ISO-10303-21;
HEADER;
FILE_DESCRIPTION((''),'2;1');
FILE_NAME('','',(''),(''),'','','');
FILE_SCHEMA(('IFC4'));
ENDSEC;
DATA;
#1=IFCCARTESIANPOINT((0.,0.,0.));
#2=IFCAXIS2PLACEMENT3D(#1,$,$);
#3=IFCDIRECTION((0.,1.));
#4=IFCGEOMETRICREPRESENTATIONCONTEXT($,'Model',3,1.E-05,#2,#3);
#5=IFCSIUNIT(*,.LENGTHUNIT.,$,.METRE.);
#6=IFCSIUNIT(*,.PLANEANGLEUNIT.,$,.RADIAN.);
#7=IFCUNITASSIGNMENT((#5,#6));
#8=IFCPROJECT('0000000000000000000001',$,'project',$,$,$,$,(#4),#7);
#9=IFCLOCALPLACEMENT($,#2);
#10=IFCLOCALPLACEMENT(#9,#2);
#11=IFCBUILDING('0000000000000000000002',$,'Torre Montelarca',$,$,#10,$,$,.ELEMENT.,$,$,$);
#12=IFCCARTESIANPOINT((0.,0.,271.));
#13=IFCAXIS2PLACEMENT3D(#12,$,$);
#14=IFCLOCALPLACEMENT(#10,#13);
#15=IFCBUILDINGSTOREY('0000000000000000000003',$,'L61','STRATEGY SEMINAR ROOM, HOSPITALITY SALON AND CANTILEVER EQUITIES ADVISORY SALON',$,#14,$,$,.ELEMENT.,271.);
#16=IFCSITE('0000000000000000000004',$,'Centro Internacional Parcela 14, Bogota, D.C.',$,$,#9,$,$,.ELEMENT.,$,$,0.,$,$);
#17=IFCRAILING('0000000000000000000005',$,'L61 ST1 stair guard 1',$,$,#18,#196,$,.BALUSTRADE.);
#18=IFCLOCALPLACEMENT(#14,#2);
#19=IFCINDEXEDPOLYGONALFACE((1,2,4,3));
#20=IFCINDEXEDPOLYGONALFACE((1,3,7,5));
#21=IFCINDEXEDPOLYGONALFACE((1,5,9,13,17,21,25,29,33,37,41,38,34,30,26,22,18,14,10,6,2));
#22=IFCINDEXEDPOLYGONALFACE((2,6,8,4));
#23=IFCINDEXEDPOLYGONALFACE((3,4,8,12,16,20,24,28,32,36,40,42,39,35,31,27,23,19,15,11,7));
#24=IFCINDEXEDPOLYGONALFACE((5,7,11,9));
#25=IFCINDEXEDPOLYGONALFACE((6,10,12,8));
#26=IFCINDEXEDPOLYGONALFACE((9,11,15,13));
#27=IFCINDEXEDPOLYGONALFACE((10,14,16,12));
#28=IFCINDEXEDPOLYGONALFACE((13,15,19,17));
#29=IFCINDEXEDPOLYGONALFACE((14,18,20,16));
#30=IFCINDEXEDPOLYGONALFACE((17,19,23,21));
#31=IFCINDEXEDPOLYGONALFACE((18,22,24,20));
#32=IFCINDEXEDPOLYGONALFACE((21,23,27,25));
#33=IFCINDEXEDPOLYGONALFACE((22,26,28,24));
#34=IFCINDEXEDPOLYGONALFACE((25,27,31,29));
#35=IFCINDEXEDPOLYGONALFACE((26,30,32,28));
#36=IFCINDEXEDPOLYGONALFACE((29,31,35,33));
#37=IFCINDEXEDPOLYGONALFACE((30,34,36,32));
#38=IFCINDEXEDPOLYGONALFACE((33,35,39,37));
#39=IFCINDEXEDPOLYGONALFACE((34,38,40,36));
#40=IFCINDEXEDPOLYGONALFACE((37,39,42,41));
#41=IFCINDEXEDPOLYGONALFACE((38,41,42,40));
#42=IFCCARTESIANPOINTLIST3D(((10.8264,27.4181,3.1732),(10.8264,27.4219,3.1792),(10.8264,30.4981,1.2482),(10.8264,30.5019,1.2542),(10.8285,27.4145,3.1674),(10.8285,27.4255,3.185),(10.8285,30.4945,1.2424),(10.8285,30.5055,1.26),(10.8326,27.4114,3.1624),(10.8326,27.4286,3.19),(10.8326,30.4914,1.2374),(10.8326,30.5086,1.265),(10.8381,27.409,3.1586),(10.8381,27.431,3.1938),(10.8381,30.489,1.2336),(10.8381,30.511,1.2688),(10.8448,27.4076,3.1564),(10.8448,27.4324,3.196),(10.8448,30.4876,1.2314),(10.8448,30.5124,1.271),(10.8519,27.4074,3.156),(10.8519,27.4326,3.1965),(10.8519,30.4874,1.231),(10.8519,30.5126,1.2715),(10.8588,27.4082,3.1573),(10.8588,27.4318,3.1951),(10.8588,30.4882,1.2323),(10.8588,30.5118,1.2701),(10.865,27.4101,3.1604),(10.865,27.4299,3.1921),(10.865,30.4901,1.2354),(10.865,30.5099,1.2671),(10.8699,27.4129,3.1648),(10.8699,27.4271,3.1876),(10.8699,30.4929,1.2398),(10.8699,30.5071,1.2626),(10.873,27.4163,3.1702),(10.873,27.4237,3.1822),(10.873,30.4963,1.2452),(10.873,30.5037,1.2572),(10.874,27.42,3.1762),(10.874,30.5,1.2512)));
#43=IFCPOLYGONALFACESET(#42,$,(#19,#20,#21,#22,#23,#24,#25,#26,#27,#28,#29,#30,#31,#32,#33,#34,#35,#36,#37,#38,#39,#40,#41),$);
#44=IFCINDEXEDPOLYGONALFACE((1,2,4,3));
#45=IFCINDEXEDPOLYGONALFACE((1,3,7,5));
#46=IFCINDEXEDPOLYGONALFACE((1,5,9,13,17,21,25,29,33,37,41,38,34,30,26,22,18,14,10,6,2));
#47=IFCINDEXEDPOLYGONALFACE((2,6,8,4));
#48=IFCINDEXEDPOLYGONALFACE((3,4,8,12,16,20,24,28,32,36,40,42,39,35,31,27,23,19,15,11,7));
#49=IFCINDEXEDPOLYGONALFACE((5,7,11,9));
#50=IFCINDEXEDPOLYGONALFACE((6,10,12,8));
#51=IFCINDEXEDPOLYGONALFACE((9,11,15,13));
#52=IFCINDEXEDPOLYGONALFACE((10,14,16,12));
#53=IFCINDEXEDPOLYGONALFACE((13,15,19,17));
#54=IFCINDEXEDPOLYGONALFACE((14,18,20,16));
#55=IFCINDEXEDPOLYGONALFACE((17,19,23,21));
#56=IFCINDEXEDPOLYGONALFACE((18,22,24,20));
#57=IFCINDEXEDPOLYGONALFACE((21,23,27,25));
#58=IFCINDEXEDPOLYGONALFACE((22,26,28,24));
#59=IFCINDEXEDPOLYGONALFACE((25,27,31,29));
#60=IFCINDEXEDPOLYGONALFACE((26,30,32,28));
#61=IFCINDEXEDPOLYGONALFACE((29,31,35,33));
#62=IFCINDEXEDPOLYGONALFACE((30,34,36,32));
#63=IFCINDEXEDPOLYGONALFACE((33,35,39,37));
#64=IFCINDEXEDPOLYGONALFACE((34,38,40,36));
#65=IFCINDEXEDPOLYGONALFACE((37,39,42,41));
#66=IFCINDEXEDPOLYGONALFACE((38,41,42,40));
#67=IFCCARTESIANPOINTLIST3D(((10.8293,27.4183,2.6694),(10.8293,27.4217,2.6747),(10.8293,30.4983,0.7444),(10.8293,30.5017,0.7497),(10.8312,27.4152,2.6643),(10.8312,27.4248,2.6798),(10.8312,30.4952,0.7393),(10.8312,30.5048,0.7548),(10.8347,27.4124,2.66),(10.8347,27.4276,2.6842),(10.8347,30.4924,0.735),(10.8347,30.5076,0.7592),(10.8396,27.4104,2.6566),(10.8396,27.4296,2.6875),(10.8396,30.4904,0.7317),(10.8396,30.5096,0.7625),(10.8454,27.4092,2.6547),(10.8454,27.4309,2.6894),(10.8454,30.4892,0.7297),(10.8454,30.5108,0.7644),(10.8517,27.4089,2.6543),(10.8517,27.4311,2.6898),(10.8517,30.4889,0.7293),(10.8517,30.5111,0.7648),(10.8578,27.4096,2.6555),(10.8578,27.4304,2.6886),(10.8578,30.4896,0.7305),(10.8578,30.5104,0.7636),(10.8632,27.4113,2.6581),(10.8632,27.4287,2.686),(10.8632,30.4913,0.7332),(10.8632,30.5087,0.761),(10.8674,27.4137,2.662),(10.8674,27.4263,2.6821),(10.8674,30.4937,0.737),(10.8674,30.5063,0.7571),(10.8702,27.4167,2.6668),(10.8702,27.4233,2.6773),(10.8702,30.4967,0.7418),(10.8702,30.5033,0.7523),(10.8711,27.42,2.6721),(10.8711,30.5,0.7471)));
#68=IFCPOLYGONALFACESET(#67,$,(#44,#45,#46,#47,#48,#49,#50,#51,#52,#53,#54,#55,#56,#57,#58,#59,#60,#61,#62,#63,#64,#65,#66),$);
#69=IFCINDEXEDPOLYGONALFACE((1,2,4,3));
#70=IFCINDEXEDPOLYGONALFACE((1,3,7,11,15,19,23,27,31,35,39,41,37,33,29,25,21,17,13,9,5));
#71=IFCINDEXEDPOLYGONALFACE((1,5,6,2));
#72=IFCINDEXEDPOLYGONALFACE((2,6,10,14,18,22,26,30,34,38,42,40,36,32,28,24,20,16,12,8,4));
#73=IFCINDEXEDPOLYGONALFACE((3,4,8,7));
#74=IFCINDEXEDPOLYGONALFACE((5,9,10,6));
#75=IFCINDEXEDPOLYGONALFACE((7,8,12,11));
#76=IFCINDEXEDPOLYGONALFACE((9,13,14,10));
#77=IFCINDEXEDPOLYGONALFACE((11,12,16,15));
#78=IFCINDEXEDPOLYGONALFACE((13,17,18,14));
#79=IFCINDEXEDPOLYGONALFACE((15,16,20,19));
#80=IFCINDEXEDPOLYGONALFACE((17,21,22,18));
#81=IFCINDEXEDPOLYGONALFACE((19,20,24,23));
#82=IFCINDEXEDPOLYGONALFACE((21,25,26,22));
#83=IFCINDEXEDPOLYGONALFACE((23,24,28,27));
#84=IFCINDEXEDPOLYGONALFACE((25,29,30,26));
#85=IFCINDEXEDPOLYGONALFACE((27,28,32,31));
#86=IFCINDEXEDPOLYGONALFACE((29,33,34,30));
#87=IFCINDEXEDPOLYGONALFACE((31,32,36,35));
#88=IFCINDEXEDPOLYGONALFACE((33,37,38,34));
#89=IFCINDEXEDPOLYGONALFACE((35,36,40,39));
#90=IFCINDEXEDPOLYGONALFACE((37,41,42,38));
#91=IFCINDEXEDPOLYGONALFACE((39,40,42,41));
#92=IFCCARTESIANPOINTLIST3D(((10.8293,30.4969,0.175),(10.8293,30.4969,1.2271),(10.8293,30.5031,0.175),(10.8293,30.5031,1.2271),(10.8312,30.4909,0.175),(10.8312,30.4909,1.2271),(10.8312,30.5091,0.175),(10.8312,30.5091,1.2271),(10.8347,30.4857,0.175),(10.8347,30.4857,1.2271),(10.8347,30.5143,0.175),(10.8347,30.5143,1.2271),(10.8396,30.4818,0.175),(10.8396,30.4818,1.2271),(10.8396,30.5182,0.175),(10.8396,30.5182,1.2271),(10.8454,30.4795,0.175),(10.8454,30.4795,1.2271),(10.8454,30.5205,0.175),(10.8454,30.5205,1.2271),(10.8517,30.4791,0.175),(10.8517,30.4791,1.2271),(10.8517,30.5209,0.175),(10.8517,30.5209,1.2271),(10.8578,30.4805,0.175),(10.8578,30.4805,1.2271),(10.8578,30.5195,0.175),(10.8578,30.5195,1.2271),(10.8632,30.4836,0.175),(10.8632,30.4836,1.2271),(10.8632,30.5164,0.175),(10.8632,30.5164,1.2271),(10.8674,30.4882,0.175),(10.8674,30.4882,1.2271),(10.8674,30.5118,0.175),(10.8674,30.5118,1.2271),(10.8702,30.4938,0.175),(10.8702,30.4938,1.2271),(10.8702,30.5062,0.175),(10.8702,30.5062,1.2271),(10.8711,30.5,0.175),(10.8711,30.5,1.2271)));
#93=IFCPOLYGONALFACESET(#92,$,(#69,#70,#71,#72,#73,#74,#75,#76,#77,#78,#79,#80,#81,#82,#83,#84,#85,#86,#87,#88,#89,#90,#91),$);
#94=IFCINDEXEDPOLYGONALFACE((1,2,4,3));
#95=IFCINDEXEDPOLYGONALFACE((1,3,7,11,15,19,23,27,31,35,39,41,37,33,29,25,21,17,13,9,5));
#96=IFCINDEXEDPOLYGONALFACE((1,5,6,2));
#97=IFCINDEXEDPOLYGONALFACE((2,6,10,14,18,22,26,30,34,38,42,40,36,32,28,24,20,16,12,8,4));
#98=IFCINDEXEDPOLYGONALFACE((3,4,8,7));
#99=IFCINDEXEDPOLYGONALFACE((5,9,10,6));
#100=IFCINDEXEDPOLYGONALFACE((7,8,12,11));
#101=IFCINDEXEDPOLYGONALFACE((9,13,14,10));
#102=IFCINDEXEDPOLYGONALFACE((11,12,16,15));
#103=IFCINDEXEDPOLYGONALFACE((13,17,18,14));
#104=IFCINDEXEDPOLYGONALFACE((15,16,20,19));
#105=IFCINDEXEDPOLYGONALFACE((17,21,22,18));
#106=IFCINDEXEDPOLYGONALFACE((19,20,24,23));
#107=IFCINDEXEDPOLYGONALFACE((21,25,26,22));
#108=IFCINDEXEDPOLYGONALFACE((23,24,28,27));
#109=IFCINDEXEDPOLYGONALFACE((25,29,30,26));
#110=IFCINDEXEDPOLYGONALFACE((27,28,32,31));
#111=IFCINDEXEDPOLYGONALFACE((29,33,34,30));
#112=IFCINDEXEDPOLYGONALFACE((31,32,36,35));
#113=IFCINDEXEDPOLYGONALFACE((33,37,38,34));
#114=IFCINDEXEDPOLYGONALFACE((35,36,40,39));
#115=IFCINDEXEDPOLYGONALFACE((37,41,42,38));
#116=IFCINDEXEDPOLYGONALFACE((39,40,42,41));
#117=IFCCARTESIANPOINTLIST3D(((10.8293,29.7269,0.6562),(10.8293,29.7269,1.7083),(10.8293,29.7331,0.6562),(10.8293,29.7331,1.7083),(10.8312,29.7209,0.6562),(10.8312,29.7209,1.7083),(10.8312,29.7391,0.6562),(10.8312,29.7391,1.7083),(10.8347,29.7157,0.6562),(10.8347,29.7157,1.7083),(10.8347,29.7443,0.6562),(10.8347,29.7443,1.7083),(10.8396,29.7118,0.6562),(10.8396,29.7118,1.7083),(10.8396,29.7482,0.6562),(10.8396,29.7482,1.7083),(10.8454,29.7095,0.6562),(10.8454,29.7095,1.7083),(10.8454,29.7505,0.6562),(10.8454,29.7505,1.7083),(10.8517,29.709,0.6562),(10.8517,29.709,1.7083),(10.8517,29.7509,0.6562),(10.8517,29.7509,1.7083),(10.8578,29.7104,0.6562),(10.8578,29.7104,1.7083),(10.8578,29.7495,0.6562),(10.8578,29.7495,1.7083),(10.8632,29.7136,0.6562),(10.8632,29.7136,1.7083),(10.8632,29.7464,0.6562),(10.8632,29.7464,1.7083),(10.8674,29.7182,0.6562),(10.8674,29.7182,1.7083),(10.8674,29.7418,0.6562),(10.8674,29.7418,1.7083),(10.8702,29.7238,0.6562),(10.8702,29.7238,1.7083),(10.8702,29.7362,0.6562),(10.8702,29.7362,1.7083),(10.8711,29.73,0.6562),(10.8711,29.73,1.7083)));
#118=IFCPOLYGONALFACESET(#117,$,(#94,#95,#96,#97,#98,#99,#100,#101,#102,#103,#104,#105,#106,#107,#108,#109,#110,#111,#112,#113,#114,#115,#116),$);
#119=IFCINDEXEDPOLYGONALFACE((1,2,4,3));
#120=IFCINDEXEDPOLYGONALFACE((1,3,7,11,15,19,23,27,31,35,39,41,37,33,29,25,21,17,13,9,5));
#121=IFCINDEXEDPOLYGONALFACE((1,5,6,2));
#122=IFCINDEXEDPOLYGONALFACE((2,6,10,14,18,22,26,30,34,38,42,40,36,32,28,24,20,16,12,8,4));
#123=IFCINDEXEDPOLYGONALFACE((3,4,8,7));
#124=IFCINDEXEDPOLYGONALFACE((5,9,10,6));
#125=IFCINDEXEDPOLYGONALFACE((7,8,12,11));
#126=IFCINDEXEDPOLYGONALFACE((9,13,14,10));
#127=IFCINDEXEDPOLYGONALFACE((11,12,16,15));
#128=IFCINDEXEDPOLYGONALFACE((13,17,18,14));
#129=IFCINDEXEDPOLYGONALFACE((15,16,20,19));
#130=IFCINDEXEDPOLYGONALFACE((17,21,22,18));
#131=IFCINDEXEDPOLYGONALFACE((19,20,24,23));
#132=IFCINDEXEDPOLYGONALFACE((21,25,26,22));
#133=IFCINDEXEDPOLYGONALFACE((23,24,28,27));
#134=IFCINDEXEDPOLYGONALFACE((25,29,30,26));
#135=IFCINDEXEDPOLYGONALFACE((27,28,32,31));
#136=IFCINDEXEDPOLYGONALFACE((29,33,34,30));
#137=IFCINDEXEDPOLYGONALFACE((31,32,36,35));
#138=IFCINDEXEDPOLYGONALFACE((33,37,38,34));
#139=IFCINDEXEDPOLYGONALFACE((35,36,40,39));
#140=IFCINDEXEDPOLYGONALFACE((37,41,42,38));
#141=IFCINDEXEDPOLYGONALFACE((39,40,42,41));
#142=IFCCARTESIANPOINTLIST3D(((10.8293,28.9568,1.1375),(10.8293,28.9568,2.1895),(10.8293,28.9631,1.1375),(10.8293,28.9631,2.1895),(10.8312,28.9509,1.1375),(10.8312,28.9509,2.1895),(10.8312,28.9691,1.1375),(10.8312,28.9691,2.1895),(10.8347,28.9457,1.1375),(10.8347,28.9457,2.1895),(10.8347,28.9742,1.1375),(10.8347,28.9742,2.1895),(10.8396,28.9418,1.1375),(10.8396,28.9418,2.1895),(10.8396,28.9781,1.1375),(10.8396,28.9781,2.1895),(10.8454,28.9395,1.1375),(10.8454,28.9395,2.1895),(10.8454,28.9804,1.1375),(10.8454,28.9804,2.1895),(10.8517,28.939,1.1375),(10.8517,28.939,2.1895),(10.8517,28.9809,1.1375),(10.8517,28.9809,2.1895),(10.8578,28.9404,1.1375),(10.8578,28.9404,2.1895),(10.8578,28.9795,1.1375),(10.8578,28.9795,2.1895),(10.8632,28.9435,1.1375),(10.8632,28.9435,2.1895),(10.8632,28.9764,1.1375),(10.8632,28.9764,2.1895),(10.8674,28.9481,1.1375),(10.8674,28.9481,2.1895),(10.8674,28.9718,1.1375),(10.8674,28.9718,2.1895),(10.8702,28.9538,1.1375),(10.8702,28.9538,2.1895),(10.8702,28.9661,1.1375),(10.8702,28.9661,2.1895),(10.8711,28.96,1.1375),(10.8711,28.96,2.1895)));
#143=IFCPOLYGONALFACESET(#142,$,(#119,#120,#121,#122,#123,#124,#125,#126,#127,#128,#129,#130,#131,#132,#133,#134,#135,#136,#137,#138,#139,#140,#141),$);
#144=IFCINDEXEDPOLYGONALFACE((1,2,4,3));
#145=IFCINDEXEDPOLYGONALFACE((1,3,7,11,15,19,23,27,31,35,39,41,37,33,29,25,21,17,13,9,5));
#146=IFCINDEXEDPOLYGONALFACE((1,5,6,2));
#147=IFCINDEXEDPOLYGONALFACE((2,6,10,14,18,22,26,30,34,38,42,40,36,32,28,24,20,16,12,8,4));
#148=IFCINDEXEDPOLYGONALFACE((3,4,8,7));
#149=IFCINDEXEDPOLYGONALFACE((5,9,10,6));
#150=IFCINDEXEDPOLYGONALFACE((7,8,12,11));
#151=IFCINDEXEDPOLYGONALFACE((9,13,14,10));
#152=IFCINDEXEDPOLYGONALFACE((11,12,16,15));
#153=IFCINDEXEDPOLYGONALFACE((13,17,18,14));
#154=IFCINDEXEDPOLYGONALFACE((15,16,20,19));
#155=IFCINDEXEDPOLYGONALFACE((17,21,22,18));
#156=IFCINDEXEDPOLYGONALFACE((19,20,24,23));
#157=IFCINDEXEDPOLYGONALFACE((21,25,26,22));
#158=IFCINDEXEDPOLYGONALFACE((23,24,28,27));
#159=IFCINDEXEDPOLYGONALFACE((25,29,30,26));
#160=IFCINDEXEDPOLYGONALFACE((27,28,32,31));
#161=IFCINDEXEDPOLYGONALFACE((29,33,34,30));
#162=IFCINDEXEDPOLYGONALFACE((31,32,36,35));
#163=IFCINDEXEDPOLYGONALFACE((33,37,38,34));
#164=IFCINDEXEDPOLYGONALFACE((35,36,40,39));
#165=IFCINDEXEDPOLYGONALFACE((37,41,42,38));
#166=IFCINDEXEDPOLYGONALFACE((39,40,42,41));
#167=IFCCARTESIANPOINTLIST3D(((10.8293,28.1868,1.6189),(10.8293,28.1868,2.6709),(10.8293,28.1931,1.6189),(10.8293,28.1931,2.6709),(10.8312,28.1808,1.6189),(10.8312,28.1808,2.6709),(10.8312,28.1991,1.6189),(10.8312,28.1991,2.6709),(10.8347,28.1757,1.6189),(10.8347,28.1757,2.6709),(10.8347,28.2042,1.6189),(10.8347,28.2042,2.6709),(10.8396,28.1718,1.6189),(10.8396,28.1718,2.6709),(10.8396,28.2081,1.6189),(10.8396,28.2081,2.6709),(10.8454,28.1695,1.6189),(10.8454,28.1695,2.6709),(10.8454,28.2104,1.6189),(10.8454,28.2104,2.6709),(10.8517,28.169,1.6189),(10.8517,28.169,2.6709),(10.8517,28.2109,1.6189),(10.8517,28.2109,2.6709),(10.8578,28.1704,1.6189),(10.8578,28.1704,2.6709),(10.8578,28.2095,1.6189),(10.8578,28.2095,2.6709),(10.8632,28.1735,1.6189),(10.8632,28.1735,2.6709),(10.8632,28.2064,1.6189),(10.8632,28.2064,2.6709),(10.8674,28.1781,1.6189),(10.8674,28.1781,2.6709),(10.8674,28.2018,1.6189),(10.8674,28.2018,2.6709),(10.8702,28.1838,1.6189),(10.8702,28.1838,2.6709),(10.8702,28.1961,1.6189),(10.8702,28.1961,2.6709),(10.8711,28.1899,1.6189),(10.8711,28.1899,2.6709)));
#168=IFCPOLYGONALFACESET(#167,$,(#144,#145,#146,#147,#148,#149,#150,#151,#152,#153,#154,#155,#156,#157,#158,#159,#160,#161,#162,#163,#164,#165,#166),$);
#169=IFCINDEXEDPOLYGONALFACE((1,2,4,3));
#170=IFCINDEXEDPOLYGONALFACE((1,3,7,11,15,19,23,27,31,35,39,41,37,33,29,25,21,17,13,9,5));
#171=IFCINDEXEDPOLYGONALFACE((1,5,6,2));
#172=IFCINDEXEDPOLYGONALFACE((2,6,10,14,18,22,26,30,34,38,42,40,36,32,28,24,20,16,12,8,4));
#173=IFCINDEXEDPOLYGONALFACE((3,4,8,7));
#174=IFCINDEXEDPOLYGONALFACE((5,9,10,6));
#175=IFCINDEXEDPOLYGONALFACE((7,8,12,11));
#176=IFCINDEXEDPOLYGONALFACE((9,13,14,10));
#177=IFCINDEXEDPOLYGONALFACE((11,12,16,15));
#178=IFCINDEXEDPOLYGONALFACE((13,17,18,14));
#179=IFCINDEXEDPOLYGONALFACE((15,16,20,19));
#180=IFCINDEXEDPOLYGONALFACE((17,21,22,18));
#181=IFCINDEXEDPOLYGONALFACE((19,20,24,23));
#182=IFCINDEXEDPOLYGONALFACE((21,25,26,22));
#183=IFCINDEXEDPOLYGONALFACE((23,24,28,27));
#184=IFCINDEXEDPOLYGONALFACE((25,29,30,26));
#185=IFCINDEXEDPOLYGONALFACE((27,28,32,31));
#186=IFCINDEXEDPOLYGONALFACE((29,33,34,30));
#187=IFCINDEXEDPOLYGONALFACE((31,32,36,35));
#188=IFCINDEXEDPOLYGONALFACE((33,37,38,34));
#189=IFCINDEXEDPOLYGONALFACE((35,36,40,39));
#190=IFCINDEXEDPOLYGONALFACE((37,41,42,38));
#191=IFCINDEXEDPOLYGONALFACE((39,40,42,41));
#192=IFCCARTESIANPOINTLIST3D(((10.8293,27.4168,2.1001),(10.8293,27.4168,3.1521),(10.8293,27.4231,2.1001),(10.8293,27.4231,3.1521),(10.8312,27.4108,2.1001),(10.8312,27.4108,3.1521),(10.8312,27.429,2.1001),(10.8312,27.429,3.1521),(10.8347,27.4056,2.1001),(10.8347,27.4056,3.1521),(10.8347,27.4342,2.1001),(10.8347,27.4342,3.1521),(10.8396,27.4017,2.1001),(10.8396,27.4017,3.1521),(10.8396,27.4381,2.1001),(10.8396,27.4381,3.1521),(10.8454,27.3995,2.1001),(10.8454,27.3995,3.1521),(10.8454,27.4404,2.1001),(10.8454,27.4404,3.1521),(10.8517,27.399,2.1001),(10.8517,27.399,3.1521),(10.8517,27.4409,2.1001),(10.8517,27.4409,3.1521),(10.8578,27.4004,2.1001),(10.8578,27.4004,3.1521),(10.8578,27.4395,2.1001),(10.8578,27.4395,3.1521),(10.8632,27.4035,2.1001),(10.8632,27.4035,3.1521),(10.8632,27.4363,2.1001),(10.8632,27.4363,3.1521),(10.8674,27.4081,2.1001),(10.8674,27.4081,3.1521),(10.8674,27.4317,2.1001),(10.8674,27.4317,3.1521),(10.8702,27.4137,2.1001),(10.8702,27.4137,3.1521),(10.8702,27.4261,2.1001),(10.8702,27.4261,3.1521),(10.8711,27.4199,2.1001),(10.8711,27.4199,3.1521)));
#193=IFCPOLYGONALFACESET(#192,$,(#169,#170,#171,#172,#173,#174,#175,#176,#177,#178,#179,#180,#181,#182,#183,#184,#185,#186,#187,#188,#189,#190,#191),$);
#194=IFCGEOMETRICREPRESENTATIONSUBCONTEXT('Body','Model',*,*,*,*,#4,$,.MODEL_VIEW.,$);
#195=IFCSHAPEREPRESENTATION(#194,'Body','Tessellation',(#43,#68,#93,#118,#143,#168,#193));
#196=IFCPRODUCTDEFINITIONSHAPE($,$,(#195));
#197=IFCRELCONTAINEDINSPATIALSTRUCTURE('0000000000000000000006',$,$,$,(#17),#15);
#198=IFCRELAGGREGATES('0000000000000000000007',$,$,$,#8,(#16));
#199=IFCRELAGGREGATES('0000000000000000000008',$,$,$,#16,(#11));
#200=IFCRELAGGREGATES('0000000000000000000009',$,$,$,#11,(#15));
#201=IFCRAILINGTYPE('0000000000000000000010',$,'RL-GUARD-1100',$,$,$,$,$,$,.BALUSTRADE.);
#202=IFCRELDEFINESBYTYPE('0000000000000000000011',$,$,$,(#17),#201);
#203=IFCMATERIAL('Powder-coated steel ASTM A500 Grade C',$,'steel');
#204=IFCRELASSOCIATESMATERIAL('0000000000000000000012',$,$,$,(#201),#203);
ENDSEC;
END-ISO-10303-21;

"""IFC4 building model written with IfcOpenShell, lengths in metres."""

from ifc_helpers import new_model, si_unit, direction, frame, origin, origin_2d, place, context, subcontext, project, spatial, circle, extrude, material, type_object, element, save


model = new_model("IFC4")

# Units and contexts
model_context = context("Model", 3, precision=1e-05, world=origin(), true_north=direction((0.0, 1.0)))
body_context = subcontext(model_context, "Body", "Model", "MODEL_VIEW")
ifc_project = project(units=[si_unit("LENGTHUNIT", "METRE"), si_unit("PLANEANGLEUNIT", "RADIAN")], contexts=[model_context])

# Site, building, storey
site_placement = place(None, origin())
site = spatial("IfcSite", under=ifc_project, at=site_placement, Name="Centro Internacional Parcela 14, Bogota, D.C.", CompositionType="ELEMENT", RefElevation=0.0)
building_placement = place(site_placement, origin())
building = spatial("IfcBuilding", under=site, at=building_placement, Name="Torre Montelarca", CompositionType="ELEMENT")
storey_placement = place(building_placement, frame((0.0, 0.0, 271.0)))
storey = spatial("IfcBuildingStorey", under=building, at=storey_placement, Name="L61", Description="STRATEGY SEMINAR ROOM, HOSPITALITY SALON AND CANTILEVER EQUITIES ADVISORY SALON", CompositionType="ELEMENT", Elevation=271.0)

# Railing
ifc_material_1 = material(Name="Powder-coated steel ASTM A500 Grade C", Category="steel")
railing_type_1 = type_object("IfcRailingType", Name="RL-GUARD-1100", PredefinedType="BALUSTRADE", material=ifc_material_1)
railing_1_placement = place(storey_placement, frame((10.8501, 30.5, 0.175)))
element("IfcRailing", 1, at=railing_1_placement, inside=storey, type_object=railing_type_1, Name="L61 ST1 stair guard 1", PredefinedType="BALUSTRADE", context=body_context, shape_type="SweptSolid", body=[
    extrude(circle(Radius=0.0239, at=origin_2d()), frame((0.0, 0.0, 1.0762), z_axis=(0.0, -0.847998, 0.529999), x_axis=(1.0, 0.0, 0.0)), (0.0, 0.0, 1.0), 3.6321),
    extrude(circle(Radius=0.021, at=origin_2d()), frame((0.0, 0.0, 0.572), z_axis=(0.0, -0.847998, 0.529999), x_axis=(1.0, 0.0, 0.0)), (0.0, 0.0, 1.0), 3.6321),
    extrude(circle(Radius=0.021, at=origin_2d()), origin(), (0.0, 0.0, 1.0), 1.052),
    extrude(circle(Radius=0.021, at=origin_2d()), frame((0.0, -0.77, 0.4812)), (0.0, 0.0, 1.0), 1.052),
    extrude(circle(Radius=0.021, at=origin_2d()), frame((0.0, -1.54, 0.9624)), (0.0, 0.0, 1.0), 1.052),
    extrude(circle(Radius=0.021, at=origin_2d()), frame((0.0, -2.3101, 1.4438)), (0.0, 0.0, 1.0), 1.052),
    extrude(circle(Radius=0.021, at=origin_2d()), frame((0.0, -3.0801, 1.925)), (0.0, 0.0, 1.0), 1.052),
])

save(model, "model.ifc")
